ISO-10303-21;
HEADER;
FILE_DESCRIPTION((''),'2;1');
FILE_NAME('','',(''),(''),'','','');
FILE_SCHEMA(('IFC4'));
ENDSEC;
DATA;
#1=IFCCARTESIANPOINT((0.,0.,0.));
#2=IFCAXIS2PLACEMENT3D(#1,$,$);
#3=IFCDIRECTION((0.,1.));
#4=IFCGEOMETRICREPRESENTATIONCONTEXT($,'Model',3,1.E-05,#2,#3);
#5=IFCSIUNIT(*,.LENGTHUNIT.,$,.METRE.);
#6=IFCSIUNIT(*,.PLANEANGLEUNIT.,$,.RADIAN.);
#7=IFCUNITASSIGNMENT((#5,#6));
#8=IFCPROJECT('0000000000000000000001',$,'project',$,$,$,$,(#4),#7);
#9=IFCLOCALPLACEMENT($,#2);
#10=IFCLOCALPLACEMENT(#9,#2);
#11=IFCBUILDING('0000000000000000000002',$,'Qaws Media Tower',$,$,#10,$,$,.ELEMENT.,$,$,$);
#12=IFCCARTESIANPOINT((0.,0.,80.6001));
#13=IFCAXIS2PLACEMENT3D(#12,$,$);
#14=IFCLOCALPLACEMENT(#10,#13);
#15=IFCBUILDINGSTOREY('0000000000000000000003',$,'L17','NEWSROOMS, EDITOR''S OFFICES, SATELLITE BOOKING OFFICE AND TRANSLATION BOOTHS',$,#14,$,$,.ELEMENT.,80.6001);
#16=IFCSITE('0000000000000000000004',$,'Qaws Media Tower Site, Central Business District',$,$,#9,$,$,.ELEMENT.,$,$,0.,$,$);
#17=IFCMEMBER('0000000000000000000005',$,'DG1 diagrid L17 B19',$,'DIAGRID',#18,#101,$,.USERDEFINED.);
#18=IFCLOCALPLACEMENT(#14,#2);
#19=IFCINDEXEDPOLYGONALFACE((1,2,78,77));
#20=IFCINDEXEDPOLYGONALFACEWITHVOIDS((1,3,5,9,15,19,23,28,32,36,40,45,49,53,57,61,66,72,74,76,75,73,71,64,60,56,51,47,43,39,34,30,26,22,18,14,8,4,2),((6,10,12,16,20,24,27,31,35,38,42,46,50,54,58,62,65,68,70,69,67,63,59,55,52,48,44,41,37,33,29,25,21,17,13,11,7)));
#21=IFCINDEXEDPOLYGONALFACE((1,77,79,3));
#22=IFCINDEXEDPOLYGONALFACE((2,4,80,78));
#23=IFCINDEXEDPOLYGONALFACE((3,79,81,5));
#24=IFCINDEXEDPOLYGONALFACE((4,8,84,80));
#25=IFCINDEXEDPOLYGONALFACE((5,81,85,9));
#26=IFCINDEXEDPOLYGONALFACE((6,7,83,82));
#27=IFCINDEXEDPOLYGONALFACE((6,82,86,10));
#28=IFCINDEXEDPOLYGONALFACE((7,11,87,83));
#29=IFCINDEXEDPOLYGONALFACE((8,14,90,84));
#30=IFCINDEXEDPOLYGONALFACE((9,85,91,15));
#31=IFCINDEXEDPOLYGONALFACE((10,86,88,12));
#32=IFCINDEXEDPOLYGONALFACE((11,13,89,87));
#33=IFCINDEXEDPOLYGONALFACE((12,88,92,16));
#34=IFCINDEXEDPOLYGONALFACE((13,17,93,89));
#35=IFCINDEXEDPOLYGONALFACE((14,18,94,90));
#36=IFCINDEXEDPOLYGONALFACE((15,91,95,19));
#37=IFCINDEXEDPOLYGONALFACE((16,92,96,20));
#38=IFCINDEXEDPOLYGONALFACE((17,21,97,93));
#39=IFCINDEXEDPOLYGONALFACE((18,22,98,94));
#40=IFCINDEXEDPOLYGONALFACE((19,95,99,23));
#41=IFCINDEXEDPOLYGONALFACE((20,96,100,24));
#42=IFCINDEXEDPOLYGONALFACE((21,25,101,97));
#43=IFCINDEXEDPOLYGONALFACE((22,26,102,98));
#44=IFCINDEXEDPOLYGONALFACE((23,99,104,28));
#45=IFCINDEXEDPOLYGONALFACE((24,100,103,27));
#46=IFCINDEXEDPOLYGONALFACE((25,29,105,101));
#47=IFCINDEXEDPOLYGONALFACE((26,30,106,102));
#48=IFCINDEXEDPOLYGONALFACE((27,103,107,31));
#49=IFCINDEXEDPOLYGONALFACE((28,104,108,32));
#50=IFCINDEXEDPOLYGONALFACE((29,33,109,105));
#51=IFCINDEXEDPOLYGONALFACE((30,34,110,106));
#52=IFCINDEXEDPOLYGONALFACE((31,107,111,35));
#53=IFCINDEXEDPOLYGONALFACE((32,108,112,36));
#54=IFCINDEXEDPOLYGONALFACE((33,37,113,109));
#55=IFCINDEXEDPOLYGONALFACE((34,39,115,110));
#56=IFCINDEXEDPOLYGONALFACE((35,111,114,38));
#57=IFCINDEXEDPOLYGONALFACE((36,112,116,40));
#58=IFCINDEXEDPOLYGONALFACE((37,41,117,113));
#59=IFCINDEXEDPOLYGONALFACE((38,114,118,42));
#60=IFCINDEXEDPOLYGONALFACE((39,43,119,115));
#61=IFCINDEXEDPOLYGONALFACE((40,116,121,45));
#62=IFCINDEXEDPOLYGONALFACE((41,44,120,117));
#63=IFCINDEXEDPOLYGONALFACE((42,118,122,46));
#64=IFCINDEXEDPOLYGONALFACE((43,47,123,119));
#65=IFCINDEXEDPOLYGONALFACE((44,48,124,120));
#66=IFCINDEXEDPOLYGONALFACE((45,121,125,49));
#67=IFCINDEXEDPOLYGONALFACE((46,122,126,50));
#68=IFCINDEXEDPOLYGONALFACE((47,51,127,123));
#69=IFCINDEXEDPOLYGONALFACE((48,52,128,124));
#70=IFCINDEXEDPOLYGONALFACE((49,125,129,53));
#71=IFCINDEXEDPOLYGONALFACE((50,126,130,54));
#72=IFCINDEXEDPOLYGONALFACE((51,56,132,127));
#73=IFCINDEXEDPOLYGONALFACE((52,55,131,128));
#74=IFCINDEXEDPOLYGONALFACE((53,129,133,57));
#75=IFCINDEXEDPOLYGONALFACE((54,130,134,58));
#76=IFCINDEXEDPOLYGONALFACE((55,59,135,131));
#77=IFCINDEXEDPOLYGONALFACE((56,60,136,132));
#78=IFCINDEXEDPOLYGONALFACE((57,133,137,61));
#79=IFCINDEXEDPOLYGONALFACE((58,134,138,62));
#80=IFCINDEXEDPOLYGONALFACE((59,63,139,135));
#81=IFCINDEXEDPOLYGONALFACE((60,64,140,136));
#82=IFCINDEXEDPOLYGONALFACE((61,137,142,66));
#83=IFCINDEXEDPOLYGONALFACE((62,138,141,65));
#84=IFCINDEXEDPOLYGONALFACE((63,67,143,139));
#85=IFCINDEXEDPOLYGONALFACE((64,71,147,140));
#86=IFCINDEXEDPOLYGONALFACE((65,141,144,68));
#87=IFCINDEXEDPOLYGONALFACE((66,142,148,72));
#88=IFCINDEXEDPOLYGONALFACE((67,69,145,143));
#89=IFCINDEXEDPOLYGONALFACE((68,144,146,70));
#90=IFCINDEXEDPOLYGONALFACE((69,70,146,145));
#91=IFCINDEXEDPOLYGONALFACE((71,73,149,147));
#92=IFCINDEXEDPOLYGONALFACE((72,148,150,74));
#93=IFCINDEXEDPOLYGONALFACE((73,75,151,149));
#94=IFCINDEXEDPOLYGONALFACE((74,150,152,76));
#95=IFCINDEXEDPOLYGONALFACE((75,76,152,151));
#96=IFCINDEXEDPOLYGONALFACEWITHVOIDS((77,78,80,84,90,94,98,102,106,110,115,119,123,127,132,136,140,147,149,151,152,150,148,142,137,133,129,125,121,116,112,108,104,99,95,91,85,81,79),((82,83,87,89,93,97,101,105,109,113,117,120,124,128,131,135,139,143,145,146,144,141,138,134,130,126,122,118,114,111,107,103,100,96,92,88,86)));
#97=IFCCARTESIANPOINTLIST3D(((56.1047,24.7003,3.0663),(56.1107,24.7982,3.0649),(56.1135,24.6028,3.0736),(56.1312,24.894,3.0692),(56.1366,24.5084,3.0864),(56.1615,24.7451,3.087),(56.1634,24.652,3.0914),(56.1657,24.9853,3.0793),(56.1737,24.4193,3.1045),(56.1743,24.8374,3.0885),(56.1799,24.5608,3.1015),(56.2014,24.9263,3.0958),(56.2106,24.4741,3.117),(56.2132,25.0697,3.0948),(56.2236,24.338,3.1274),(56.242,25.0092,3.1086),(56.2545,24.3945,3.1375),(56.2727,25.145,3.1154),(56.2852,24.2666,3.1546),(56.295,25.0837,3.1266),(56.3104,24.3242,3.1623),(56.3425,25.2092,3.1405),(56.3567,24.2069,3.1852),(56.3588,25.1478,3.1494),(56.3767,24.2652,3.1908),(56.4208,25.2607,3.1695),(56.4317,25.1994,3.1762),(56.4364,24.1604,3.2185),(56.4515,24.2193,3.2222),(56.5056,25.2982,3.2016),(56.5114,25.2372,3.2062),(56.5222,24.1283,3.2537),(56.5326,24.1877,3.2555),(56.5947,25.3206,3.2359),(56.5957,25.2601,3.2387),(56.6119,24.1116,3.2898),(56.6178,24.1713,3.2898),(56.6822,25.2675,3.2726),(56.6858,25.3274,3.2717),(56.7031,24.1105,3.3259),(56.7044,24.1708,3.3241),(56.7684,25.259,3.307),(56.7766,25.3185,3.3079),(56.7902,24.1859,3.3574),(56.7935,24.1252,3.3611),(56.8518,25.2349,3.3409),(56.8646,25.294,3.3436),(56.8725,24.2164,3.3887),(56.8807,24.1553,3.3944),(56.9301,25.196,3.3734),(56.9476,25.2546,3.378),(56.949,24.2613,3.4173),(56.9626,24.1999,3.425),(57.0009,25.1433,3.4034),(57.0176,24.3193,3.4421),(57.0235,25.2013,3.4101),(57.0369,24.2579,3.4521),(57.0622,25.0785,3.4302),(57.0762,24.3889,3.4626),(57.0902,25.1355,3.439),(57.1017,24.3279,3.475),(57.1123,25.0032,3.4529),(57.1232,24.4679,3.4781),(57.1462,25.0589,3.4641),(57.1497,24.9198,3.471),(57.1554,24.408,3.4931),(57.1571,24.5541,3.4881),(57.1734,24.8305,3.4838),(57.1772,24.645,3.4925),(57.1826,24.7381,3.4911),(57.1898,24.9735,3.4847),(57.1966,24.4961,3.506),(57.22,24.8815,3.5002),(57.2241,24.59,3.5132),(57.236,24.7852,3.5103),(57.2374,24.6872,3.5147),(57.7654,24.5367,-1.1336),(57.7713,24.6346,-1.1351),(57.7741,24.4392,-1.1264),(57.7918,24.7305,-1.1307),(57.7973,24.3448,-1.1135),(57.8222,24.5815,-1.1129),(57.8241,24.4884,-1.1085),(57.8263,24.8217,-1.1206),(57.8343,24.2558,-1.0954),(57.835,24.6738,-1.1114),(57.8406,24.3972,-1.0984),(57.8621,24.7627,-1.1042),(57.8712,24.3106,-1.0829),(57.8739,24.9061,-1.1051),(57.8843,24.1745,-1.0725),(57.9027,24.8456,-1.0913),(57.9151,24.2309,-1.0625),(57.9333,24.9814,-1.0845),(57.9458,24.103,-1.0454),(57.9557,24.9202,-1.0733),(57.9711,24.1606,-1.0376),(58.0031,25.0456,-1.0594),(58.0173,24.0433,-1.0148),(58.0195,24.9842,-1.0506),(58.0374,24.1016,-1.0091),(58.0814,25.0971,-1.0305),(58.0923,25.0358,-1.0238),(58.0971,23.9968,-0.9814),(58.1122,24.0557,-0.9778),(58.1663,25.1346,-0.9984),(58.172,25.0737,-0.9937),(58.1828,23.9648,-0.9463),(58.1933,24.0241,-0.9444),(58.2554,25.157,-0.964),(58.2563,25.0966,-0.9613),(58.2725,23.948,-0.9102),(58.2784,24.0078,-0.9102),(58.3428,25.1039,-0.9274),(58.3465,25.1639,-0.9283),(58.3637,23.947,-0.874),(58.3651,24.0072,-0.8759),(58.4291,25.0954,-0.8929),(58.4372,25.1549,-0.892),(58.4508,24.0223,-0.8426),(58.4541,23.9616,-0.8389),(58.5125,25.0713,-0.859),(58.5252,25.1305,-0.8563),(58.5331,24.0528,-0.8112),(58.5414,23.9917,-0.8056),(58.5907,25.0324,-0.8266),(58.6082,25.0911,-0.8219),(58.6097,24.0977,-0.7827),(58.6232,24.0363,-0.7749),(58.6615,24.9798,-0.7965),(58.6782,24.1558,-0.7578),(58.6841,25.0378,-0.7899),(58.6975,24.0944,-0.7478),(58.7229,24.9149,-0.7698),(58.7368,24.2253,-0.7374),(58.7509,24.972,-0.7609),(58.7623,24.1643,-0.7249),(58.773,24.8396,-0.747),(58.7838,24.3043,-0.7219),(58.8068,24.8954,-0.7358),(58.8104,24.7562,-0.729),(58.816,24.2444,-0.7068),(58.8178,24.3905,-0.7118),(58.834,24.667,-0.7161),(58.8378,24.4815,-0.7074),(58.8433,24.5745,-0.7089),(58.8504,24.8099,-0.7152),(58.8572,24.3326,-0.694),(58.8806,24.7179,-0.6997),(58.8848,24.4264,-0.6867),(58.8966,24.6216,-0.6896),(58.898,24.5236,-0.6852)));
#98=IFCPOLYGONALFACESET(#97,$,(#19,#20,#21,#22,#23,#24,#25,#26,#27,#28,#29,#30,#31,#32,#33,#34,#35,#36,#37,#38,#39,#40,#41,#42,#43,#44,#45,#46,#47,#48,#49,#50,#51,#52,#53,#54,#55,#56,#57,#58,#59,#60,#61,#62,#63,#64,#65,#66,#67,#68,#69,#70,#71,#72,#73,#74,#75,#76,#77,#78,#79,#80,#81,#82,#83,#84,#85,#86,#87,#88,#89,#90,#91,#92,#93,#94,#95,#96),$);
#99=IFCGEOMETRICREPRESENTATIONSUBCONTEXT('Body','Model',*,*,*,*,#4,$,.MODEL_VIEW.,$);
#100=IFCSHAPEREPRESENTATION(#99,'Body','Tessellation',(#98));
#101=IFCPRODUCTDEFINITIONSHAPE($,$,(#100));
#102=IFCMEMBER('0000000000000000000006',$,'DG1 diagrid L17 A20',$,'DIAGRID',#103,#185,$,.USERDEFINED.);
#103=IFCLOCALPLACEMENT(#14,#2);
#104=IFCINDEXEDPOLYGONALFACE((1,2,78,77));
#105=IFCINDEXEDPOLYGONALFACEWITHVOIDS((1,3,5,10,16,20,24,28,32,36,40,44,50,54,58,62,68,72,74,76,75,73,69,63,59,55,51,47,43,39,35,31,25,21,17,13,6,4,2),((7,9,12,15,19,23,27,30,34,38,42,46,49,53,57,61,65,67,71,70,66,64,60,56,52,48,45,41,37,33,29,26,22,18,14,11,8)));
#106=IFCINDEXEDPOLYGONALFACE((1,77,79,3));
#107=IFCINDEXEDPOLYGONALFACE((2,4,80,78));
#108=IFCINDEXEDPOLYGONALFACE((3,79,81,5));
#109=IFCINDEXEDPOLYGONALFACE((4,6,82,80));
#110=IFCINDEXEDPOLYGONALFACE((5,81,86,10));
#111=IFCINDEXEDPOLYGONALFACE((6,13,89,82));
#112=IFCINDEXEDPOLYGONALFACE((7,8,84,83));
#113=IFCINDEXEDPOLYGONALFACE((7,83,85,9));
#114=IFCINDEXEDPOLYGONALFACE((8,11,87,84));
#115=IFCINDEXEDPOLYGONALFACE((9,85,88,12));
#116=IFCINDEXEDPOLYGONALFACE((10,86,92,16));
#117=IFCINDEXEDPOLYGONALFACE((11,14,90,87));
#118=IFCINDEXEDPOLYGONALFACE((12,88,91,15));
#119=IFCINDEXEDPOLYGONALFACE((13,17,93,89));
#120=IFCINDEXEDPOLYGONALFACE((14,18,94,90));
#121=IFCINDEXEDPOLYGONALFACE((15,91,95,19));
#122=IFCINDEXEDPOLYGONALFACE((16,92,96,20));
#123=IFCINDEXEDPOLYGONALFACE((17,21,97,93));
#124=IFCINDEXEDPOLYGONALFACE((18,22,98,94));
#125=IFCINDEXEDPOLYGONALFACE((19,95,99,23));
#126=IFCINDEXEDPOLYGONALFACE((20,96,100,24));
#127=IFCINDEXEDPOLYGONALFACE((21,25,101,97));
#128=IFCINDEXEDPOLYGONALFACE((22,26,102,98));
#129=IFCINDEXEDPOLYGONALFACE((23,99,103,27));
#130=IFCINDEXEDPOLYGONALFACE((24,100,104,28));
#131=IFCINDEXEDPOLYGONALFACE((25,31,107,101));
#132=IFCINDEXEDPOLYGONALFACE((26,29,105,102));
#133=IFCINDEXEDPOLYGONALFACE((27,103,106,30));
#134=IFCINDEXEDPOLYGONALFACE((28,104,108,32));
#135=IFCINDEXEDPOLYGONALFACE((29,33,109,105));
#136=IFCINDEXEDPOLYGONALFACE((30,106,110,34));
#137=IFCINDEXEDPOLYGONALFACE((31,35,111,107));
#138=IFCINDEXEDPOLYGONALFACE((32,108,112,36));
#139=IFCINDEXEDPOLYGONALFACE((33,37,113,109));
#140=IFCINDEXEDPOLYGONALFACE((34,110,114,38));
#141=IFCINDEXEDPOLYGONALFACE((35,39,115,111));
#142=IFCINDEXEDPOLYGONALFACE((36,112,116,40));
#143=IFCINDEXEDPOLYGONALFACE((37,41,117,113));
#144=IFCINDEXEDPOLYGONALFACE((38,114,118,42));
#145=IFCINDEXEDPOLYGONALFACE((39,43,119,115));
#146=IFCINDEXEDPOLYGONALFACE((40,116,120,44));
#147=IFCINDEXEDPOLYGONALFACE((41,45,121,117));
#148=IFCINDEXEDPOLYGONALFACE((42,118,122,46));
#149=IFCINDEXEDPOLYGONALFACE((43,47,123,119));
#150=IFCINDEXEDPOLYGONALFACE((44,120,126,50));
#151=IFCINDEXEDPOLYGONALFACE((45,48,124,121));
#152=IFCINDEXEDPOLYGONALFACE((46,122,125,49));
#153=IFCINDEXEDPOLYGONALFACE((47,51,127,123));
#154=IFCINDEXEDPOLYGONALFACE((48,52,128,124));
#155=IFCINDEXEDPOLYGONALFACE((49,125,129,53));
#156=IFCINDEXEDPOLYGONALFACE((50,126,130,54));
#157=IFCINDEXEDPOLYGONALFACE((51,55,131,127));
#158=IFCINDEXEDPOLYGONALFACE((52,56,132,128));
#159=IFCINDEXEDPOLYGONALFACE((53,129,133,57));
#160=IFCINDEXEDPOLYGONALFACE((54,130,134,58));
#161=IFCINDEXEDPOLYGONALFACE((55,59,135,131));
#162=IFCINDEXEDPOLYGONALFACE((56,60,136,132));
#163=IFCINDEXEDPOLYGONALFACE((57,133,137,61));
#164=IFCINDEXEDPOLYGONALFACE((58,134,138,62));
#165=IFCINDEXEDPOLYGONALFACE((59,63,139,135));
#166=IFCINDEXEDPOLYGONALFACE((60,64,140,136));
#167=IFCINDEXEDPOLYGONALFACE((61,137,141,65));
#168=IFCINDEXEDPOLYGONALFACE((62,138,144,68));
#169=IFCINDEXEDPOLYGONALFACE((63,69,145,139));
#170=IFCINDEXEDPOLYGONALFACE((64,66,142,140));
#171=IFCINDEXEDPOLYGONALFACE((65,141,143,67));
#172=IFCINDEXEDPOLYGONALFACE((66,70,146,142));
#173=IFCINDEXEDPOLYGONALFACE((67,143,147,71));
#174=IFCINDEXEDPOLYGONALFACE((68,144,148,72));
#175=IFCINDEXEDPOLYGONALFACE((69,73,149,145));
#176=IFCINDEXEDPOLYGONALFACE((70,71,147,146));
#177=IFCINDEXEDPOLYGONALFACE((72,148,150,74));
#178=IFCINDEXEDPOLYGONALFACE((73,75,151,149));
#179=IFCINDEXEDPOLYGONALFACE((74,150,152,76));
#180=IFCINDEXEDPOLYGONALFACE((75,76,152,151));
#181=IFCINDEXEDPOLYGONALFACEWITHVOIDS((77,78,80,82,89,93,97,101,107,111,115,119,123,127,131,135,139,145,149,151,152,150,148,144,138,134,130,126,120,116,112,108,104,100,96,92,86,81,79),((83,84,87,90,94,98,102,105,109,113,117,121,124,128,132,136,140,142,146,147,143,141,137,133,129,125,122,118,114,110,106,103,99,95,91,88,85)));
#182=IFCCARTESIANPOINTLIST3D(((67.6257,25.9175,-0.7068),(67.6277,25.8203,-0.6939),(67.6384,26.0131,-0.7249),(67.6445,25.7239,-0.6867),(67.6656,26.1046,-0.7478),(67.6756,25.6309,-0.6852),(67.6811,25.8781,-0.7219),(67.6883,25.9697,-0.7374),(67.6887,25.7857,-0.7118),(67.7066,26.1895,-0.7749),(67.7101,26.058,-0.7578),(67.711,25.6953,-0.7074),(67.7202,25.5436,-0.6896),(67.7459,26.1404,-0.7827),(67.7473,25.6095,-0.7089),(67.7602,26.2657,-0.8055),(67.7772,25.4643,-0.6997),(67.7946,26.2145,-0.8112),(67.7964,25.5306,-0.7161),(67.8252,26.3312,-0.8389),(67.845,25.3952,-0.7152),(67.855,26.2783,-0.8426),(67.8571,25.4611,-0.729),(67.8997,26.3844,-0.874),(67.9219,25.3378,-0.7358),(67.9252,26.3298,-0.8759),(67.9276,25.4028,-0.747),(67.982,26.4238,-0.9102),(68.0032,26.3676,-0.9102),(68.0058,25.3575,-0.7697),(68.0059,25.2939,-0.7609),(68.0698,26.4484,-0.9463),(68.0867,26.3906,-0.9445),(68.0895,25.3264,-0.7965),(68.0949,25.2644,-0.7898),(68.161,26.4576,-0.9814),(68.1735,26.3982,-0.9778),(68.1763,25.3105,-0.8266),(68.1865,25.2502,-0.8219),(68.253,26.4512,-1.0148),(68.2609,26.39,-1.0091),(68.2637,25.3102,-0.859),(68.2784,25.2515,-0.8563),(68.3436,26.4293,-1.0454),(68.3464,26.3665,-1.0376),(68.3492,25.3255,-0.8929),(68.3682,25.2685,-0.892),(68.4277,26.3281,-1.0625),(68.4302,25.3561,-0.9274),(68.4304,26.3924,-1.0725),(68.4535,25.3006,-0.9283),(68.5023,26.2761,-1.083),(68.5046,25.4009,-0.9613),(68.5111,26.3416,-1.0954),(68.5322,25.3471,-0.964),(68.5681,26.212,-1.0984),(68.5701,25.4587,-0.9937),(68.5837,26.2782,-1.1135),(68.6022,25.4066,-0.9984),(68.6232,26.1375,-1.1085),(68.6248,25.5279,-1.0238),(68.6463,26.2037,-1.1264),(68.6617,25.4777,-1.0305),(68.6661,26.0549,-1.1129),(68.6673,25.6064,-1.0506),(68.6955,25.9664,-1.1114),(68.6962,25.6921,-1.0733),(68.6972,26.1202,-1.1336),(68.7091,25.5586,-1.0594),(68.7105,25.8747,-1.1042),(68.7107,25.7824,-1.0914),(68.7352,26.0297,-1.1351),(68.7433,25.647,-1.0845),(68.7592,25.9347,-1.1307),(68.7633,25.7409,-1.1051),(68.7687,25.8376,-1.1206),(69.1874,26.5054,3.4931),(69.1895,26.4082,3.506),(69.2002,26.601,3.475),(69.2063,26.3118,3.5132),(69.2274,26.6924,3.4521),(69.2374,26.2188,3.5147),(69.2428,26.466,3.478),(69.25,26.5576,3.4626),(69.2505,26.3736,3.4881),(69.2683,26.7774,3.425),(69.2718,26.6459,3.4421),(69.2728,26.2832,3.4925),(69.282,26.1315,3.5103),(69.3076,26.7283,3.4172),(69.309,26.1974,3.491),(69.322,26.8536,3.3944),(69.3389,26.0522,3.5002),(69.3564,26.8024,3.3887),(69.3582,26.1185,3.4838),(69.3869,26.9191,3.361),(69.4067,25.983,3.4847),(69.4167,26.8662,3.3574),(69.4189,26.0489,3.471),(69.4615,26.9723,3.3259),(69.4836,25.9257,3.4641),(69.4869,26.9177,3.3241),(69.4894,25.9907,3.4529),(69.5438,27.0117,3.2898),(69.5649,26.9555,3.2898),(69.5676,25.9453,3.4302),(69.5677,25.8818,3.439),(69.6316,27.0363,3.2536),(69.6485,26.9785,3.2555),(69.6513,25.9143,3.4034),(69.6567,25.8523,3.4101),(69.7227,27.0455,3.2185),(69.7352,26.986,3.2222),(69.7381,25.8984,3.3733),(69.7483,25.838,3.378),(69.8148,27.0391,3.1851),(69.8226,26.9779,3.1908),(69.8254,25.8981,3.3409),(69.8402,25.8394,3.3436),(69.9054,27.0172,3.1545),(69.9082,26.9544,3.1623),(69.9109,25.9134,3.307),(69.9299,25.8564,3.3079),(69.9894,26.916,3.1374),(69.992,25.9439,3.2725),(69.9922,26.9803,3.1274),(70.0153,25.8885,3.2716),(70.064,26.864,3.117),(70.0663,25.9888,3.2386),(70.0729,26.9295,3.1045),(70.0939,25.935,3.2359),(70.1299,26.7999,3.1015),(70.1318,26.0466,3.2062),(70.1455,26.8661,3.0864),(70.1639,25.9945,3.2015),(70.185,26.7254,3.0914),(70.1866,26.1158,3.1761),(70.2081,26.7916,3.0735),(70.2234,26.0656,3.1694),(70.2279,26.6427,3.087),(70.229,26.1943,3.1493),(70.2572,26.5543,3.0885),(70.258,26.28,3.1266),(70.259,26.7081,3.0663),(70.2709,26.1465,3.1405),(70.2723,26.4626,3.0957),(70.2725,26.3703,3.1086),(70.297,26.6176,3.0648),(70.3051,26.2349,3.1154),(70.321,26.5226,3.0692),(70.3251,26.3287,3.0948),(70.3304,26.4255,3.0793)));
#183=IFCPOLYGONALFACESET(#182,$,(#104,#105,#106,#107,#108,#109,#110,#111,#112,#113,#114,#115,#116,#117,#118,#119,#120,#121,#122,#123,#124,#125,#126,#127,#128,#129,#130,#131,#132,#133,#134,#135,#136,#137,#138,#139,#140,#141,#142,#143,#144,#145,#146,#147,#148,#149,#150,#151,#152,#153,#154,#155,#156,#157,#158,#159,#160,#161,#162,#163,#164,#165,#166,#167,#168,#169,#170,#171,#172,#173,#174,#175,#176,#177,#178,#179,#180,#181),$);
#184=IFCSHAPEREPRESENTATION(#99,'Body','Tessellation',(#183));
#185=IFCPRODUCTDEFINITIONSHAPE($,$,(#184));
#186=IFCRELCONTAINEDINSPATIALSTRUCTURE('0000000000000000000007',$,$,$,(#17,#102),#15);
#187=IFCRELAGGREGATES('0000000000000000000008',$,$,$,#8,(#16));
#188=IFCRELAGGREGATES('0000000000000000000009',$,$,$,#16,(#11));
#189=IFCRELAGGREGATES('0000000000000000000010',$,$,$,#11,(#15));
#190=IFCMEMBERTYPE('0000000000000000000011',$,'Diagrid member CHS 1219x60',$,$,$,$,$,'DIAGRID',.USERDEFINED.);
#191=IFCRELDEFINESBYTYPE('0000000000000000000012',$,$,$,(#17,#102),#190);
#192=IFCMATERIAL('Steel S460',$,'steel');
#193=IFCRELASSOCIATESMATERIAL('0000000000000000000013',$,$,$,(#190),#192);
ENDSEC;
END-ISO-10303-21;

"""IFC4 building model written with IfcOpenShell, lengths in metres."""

from ifc_helpers import new_model, si_unit, direction, frame, origin, origin_2d, place, context, subcontext, project, spatial, hollow_circle, extrude, material, material_profile, profile_set, type_object, element, save


model = new_model("IFC4")

# Units and contexts
model_context = context("Model", 3, precision=1e-05, world=origin(), true_north=direction((0.0, 1.0)))
body_context = subcontext(model_context, "Body", "Model", "MODEL_VIEW")
ifc_project = project(units=[si_unit("LENGTHUNIT", "METRE"), si_unit("PLANEANGLEUNIT", "RADIAN")], contexts=[model_context])

# Site, building, storey
site_placement = place(None, origin())
site = spatial("IfcSite", under=ifc_project, at=site_placement, Name="Qaws Media Tower Site, Central Business District", CompositionType="ELEMENT", RefElevation=0.0)
building_placement = place(site_placement, origin())
building = spatial("IfcBuilding", under=site, at=building_placement, Name="Qaws Media Tower", CompositionType="ELEMENT")
storey_placement = place(building_placement, frame((0.0, 0.0, 80.6001)))
storey = spatial("IfcBuildingStorey", under=building, at=storey_placement, Name="L17", Description="NEWSROOMS, EDITOR'S OFFICES, SATELLITE BOOKING OFFICE AND TRANSLATION BOOTHS", CompositionType="ELEMENT", Elevation=80.6001)

# Members
ifc_material_1 = material(Name="Steel S460", Category="steel")
ifc_material_profile_1 = material_profile(ifc_material_1, hollow_circle(Radius=0.6096, WallThickness=0.0601, at=origin_2d()), Name="CHS 1219x60")
ifc_profile_set_1 = profile_set([ifc_material_profile_1], Name="Steel S460")
member_type_1 = type_object("IfcMemberType", Name="Diagrid member CHS 1219x60", ElementType="DIAGRID", PredefinedType="USERDEFINED", material=ifc_profile_set_1)
for number, where, z_axis, x_axis, name in (
    (1, (58.3323, 24.5547, -0.9102), (-0.367456, 0.036195, 0.929336), (-0.098026, -0.995184, 0.0), "DG1 diagrid L17 B19"),
    (2, (68.1968, 25.8533, -0.9102), (0.345575, 0.130084, 0.929331), (-0.352294, 0.93589, 0.0), "DG1 diagrid L17 A20"),
):
    element("IfcMember", number, at=place(storey_placement, frame(where, z_axis=z_axis, x_axis=x_axis)), inside=storey, type_object=member_type_1, Name=name, ObjectType="DIAGRID", PredefinedType="USERDEFINED", context=body_context, shape_type="SweptSolid", body=[
        extrude(hollow_circle(Radius=0.6096, WallThickness=0.0601, at=origin_2d()), origin(), (0.0, 0.0, 1.0), 4.5193),
    ])

save(model, "model.ifc")
